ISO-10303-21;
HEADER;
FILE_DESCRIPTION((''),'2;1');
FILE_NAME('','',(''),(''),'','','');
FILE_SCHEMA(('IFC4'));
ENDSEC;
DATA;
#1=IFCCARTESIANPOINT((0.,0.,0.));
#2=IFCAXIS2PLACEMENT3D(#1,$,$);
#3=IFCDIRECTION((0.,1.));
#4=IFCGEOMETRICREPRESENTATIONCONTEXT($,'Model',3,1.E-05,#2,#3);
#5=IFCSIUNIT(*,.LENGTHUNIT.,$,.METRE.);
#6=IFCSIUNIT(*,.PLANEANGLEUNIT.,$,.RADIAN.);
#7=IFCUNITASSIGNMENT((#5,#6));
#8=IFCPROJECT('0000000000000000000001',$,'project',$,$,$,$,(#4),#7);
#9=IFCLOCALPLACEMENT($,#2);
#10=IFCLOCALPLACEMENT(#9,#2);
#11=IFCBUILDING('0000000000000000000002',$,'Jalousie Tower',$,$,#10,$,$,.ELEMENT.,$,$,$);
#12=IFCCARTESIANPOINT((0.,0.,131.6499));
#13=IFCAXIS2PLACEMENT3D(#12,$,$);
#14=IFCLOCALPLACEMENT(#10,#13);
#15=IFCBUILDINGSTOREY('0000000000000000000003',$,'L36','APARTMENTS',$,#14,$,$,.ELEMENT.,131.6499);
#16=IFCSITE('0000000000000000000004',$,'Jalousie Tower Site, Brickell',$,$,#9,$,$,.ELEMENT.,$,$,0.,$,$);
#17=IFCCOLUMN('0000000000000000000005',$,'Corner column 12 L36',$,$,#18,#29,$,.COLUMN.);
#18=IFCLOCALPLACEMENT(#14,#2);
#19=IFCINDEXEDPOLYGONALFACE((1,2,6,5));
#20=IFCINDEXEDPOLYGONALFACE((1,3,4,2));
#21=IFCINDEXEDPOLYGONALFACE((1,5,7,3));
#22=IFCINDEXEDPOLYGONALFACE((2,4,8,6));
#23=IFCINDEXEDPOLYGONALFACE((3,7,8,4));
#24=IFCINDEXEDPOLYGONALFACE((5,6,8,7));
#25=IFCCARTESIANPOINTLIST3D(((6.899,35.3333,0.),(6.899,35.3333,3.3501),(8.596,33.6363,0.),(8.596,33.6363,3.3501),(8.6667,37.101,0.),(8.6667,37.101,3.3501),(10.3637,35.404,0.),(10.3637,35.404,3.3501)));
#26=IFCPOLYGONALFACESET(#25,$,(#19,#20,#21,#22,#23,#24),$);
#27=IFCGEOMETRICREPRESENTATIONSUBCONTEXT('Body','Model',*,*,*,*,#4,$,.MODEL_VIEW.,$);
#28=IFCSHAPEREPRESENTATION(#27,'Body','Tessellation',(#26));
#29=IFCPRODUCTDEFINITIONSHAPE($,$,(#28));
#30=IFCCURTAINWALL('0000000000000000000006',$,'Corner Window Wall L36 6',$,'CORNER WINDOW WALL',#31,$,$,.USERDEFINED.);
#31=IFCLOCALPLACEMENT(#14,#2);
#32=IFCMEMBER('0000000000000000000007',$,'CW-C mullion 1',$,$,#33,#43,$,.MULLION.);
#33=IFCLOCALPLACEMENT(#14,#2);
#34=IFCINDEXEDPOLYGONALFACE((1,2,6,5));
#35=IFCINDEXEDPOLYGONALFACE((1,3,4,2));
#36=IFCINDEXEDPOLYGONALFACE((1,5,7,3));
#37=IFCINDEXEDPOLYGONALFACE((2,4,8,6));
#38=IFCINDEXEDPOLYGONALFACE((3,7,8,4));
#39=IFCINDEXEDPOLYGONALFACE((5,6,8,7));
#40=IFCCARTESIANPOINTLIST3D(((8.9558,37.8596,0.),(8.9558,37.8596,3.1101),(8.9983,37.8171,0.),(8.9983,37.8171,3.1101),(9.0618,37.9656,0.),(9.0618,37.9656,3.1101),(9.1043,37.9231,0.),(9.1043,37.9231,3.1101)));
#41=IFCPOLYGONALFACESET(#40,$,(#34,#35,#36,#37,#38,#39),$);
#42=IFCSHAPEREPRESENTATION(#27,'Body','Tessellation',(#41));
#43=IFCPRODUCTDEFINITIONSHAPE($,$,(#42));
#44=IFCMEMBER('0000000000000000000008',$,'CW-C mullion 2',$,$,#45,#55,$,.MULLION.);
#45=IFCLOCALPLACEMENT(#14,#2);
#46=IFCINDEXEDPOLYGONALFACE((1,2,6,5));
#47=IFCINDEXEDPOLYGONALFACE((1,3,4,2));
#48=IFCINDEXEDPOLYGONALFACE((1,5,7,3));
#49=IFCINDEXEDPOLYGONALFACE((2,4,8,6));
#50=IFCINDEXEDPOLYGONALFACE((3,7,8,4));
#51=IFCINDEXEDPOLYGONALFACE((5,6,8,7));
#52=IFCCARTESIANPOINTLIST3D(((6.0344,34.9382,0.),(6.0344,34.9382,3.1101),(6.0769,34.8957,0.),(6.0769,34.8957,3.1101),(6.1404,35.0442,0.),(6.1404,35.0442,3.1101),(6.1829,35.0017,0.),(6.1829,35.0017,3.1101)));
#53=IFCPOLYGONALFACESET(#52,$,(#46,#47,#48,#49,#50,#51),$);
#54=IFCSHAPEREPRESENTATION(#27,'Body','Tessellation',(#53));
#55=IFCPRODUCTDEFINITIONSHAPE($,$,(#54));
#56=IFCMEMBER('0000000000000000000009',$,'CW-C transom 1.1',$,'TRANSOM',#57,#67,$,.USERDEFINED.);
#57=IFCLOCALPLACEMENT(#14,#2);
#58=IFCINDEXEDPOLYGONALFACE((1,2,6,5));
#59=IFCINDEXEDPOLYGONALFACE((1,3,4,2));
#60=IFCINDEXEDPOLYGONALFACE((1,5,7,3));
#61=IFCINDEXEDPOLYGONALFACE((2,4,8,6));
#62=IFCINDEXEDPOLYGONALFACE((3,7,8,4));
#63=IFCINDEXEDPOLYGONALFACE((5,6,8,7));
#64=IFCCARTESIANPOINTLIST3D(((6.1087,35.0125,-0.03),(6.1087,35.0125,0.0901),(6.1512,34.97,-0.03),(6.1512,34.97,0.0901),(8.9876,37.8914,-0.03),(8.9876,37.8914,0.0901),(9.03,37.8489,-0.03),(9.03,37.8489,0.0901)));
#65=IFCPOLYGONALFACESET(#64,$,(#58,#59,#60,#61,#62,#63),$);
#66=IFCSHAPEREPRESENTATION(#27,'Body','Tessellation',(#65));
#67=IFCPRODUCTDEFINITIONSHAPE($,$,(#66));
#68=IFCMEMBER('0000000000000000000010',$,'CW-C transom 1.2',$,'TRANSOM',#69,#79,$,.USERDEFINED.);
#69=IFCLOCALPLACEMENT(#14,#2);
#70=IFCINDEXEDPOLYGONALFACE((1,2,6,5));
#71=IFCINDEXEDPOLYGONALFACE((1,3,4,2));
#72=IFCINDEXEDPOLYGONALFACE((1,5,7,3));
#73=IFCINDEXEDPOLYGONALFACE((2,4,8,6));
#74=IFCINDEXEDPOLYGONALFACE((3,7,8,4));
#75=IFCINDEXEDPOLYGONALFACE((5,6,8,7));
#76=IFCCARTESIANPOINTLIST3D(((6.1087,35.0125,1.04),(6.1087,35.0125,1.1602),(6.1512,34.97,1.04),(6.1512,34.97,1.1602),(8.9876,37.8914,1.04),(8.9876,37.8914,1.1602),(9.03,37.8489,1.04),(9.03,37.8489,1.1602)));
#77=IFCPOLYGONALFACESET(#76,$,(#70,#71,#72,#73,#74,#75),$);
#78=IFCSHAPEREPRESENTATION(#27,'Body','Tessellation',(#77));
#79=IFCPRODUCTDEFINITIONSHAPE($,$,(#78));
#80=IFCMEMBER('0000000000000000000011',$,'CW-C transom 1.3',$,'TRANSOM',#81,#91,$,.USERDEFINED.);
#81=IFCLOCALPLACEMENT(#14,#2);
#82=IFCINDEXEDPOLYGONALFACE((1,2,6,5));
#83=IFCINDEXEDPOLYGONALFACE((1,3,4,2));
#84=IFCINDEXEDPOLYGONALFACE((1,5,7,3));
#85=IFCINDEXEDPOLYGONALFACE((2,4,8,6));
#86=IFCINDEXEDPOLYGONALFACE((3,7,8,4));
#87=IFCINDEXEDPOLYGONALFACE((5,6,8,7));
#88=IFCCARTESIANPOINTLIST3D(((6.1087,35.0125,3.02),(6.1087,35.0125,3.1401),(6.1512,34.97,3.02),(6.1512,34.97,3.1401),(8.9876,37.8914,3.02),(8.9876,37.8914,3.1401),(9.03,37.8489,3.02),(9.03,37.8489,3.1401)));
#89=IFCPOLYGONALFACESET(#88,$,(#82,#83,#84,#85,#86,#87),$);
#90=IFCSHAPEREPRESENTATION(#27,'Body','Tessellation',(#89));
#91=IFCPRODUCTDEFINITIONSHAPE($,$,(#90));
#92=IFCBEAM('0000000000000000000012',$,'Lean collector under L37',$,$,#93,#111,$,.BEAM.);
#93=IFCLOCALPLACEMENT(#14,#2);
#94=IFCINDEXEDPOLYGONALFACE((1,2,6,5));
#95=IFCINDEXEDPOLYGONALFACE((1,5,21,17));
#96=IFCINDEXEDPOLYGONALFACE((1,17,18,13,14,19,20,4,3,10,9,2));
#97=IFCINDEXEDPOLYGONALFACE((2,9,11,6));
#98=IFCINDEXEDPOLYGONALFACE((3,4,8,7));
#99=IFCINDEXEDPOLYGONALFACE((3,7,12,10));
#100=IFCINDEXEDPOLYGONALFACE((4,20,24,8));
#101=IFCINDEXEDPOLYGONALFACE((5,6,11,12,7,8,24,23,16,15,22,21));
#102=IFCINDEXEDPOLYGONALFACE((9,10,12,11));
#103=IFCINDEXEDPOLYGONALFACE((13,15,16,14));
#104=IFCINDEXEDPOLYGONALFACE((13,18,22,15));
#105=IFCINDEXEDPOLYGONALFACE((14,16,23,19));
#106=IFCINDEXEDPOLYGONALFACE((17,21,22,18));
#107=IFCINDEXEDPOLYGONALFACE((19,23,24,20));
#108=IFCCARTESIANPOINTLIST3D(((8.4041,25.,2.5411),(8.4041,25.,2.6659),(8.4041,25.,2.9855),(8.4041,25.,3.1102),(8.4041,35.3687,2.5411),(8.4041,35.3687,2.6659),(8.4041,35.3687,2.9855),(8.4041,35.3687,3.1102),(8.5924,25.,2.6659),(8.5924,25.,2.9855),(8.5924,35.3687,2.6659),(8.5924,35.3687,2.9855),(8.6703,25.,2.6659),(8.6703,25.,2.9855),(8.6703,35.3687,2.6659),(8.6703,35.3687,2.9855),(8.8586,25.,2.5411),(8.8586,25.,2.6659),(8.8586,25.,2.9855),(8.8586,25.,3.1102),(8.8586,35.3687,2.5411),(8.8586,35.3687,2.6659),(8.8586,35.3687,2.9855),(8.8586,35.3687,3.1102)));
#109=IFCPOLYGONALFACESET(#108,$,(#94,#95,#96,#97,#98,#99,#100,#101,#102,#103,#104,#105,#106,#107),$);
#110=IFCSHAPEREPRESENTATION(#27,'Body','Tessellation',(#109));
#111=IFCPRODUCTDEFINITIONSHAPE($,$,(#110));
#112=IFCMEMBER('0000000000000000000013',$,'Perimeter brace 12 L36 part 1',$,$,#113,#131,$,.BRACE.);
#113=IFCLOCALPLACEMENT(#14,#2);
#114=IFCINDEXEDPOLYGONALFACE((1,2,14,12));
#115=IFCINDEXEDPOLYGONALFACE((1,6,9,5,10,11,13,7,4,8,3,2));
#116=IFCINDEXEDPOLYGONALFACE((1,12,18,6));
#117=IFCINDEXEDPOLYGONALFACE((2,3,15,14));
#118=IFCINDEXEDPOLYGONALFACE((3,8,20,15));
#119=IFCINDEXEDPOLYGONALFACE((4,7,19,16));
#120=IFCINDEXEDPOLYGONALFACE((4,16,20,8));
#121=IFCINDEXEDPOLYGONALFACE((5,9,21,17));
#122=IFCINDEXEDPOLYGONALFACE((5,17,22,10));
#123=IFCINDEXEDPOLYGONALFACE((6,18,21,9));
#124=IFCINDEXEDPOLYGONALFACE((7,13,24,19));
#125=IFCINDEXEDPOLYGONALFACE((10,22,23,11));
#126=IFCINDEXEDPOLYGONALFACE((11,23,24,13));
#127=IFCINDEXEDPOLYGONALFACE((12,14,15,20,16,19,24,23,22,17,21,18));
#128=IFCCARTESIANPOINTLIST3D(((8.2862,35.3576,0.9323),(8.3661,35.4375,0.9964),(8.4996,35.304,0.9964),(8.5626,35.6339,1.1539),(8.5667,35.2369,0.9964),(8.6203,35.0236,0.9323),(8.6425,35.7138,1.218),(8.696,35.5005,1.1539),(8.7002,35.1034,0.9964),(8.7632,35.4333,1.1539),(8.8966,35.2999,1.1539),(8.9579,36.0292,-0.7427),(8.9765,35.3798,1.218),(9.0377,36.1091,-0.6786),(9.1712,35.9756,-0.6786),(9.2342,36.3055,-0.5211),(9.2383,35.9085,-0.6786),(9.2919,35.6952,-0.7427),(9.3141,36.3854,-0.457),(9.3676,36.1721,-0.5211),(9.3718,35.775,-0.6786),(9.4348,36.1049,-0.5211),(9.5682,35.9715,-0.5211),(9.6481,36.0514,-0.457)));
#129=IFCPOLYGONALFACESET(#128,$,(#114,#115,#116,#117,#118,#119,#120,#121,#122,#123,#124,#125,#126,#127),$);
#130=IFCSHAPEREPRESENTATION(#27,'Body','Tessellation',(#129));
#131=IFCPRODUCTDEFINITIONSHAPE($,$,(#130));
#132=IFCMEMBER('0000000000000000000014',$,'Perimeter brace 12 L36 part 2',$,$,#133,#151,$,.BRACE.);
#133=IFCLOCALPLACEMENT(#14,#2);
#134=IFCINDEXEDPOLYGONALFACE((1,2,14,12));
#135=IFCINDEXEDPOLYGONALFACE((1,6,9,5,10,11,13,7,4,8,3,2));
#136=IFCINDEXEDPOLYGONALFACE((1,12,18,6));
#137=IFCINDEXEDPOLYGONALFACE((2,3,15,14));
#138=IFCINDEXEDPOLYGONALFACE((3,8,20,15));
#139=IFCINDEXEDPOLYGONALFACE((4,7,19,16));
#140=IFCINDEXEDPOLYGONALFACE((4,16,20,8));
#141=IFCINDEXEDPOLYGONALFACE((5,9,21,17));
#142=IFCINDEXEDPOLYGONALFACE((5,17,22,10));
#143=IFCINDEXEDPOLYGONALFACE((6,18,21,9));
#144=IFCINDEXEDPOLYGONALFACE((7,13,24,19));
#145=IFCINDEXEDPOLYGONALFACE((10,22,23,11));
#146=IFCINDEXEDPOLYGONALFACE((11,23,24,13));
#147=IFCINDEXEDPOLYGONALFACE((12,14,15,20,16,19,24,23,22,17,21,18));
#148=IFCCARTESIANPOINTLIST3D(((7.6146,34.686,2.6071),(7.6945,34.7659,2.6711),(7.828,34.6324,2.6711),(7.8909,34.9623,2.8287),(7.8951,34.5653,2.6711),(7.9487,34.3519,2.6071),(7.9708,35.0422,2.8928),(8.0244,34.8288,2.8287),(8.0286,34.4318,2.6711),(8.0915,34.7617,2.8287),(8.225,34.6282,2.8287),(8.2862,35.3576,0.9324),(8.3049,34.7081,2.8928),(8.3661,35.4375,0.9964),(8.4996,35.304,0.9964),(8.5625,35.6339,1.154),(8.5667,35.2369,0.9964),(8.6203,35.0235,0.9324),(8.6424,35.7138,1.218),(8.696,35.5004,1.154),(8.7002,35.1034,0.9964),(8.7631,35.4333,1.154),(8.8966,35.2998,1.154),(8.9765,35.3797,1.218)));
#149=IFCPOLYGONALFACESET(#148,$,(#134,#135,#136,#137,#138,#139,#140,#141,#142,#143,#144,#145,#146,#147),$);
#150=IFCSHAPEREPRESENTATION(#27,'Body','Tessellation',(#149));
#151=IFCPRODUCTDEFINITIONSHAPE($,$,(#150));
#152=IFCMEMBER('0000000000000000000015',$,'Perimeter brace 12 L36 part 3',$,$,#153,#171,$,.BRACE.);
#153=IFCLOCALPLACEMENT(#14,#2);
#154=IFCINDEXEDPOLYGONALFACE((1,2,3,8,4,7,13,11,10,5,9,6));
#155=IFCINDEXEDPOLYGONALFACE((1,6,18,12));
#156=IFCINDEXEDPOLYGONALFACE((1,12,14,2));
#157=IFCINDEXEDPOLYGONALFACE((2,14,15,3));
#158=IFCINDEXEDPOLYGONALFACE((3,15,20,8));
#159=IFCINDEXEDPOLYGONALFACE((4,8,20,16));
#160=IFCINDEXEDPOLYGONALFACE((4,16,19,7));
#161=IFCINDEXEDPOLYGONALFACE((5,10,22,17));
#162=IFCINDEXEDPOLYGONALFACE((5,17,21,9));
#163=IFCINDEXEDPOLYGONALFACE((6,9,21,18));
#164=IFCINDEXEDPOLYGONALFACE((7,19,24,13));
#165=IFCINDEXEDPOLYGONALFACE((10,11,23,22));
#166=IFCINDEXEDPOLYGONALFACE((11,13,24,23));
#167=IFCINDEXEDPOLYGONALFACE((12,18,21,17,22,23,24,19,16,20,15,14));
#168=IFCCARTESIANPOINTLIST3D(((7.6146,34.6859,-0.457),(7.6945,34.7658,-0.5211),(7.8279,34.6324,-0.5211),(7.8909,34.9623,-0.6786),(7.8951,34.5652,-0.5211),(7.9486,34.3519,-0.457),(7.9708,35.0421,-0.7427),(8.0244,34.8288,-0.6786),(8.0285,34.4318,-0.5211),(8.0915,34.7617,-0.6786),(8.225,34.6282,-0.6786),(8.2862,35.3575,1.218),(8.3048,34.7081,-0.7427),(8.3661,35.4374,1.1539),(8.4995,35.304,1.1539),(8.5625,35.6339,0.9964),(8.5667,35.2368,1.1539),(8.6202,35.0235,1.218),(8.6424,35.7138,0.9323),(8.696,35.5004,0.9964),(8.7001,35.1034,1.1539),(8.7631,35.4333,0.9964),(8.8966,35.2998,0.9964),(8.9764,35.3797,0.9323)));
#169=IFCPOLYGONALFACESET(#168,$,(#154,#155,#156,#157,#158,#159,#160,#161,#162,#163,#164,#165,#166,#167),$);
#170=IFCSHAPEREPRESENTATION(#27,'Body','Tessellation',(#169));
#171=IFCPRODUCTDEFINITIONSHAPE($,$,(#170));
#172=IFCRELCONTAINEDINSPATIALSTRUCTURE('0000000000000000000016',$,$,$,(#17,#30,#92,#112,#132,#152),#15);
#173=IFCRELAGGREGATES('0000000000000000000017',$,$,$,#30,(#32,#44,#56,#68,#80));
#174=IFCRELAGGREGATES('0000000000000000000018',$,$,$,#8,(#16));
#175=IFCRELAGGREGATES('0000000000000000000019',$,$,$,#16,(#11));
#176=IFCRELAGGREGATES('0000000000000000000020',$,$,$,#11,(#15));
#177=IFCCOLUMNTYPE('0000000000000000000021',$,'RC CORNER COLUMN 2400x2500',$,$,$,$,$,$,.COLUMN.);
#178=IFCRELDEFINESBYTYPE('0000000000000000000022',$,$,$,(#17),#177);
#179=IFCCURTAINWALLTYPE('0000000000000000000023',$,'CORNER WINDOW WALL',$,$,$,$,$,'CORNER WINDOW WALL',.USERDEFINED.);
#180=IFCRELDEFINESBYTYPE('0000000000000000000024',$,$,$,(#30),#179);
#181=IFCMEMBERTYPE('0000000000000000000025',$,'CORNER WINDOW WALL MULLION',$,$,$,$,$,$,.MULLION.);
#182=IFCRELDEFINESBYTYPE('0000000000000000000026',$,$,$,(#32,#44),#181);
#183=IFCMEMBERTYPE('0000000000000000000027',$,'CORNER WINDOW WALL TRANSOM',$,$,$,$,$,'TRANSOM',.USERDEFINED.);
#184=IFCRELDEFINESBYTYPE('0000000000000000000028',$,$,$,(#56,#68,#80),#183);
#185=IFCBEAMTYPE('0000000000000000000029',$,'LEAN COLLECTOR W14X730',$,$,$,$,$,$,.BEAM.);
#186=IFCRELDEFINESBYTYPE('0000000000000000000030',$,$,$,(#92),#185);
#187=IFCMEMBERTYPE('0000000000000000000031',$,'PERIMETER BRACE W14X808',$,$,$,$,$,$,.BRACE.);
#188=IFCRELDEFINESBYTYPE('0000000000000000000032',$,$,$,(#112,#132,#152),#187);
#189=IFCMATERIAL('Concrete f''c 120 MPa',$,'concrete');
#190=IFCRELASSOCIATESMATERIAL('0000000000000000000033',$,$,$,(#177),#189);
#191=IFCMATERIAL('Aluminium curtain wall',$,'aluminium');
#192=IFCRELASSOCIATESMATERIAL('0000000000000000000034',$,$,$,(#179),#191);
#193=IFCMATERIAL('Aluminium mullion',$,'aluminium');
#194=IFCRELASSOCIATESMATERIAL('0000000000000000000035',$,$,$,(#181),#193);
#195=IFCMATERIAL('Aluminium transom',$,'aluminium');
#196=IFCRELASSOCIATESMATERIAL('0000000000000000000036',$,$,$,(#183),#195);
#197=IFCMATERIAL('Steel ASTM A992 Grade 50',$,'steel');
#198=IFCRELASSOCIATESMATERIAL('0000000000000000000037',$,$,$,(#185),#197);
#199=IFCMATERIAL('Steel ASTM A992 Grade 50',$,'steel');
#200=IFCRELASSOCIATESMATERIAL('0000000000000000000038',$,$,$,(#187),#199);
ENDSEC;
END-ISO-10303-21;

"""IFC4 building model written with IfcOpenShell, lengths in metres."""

from ifc_helpers import new_model, si_unit, direction, frame, origin, origin_2d, place, context, subcontext, project, spatial, rectangle, i_section, extrude, material, material_profile, profile_set, type_object, element, aggregate, save


model = new_model("IFC4")

# Units and contexts
model_context = context("Model", 3, precision=1e-05, world=origin(), true_north=direction((0.0, 1.0)))
body_context = subcontext(model_context, "Body", "Model", "MODEL_VIEW")
ifc_project = project(units=[si_unit("LENGTHUNIT", "METRE"), si_unit("PLANEANGLEUNIT", "RADIAN")], contexts=[model_context])

# Site, building, storey
site_placement = place(None, origin())
site = spatial("IfcSite", under=ifc_project, at=site_placement, Name="Jalousie Tower Site, Brickell", CompositionType="ELEMENT", RefElevation=0.0)
building_placement = place(site_placement, origin())
building = spatial("IfcBuilding", under=site, at=building_placement, Name="Jalousie Tower", CompositionType="ELEMENT")
storey_placement = place(building_placement, frame((0.0, 0.0, 131.6499)))
storey = spatial("IfcBuildingStorey", under=building, at=storey_placement, Name="L36", Description="APARTMENTS", CompositionType="ELEMENT", Elevation=131.6499)

# Column
ifc_material_1 = material(Name="Concrete f'c 120 MPa", Category="concrete")
ifc_material_profile_1 = material_profile(ifc_material_1, rectangle(XDim=2.3999, YDim=2.5, at=origin_2d()), Name="RC 2400x2500")
ifc_profile_set_1 = profile_set([ifc_material_profile_1], Name="Concrete f'c 120 MPa")
column_type = type_object("IfcColumnType", Name="RC CORNER COLUMN 2400x2500", PredefinedType="COLUMN", material=ifc_profile_set_1)
column_placement = place(storey_placement, frame((8.6313, 35.3687, 0.0), z_axis=(0.0, 0.0, 1.0), x_axis=(0.707107, -0.707107, 0.0)))
element("IfcColumn", 1, at=column_placement, inside=storey, type_object=column_type, Name="Corner column 12 L36", PredefinedType="COLUMN", context=body_context, shape_type="SweptSolid", body=[
    extrude(rectangle(XDim=2.3999, YDim=2.5, at=origin_2d()), origin(), (0.0, 0.0, 1.0), 3.3501),
])

# Curtain wall, members
ifc_material_2 = material(Name="Aluminium curtain wall", Category="aluminium")
curtain_wall_type_1 = type_object("IfcCurtainWallType", Name="CORNER WINDOW WALL", ElementType="CORNER WINDOW WALL", PredefinedType="USERDEFINED", material=ifc_material_2)
curtain_wall_1_placement = place(storey_placement, origin())
curtain_wall_1 = element("IfcCurtainWall", 2, at=curtain_wall_1_placement, inside=storey, type_object=curtain_wall_type_1, Name="Corner Window Wall L36 6", ObjectType="CORNER WINDOW WALL", PredefinedType="USERDEFINED")
ifc_material_3 = material(Name="Aluminium mullion", Category="aluminium")
ifc_material_profile_2 = material_profile(ifc_material_3, rectangle(XDim=0.0601, YDim=0.1499, at=origin_2d()), Name="MULLION 60x150")
ifc_profile_set_2 = profile_set([ifc_material_profile_2], Name="Aluminium mullion")
member_type_1 = type_object("IfcMemberType", Name="CORNER WINDOW WALL MULLION", PredefinedType="MULLION", material=ifc_profile_set_2)
member_1_placement = place(storey_placement, frame((9.03, 37.8914, 0.0), z_axis=(0.0, 0.0, 1.0), x_axis=(0.707107, -0.707107, 0.0)))
member_1 = element("IfcMember", 3, at=member_1_placement, type_object=member_type_1, Name="CW-C mullion 1", PredefinedType="MULLION", context=body_context, shape_type="SweptSolid", body=[
    extrude(rectangle(XDim=0.0601, YDim=0.1499, at=origin_2d()), origin(), (0.0, 0.0, 1.0), 3.1101),
])
member_2_placement = place(storey_placement, frame((6.1086, 34.97, 0.0), z_axis=(0.0, 0.0, 1.0), x_axis=(0.707107, -0.707107, 0.0)))
member_2 = element("IfcMember", 4, at=member_2_placement, type_object=member_type_1, Name="CW-C mullion 2", PredefinedType="MULLION", context=body_context, shape_type="SweptSolid", body=[
    extrude(rectangle(XDim=0.0601, YDim=0.1499, at=origin_2d()), origin(), (0.0, 0.0, 1.0), 3.1101),
])
ifc_material_4 = material(Name="Aluminium transom", Category="aluminium")
ifc_material_profile_3 = material_profile(ifc_material_4, rectangle(XDim=0.0601, YDim=0.1201, at=origin_2d()), Name="TRANSOM 60x120")
ifc_profile_set_3 = profile_set([ifc_material_profile_3], Name="Aluminium transom")
member_type_2 = type_object("IfcMemberType", Name="CORNER WINDOW WALL TRANSOM", ElementType="TRANSOM", PredefinedType="USERDEFINED", material=ifc_profile_set_3)
member_3_placement = place(storey_placement, frame((9.0088, 37.8701, 0.03), z_axis=(-0.707107, -0.707107, 0.0), x_axis=(0.707107, -0.707107, 0.0)))
member_3 = element("IfcMember", 5, at=member_3_placement, type_object=member_type_2, Name="CW-C transom 1.1", ObjectType="TRANSOM", PredefinedType="USERDEFINED", context=body_context, shape_type="SweptSolid", body=[
    extrude(rectangle(XDim=0.0601, YDim=0.1201, at=origin_2d()), origin(), (0.0, 0.0, 1.0), 4.0713),
])
member_4_placement = place(storey_placement, frame((9.0088, 37.8701, 1.1001), z_axis=(-0.707107, -0.707107, 0.0), x_axis=(0.707107, -0.707107, 0.0)))
member_4 = element("IfcMember", 6, at=member_4_placement, type_object=member_type_2, Name="CW-C transom 1.2", ObjectType="TRANSOM", PredefinedType="USERDEFINED", context=body_context, shape_type="SweptSolid", body=[
    extrude(rectangle(XDim=0.0601, YDim=0.1201, at=origin_2d()), origin(), (0.0, 0.0, 1.0), 4.0713),
])
member_5_placement = place(storey_placement, frame((9.0088, 37.8701, 3.0801), z_axis=(-0.707107, -0.707107, 0.0), x_axis=(0.707107, -0.707107, 0.0)))
member_5 = element("IfcMember", 7, at=member_5_placement, type_object=member_type_2, Name="CW-C transom 1.3", ObjectType="TRANSOM", PredefinedType="USERDEFINED", context=body_context, shape_type="SweptSolid", body=[
    extrude(rectangle(XDim=0.0601, YDim=0.1201, at=origin_2d()), origin(), (0.0, 0.0, 1.0), 4.0713),
])

# Beam
ifc_material_5 = material(Name="Steel ASTM A992 Grade 50", Category="steel")
ifc_material_profile_4 = material_profile(ifc_material_5, i_section(OverallWidth=0.4546, OverallDepth=0.5691, WebThickness=0.0779, FlangeThickness=0.1248, at=origin_2d()), Name="W14X730")
ifc_profile_set_4 = profile_set([ifc_material_profile_4], Name="Steel ASTM A992 Grade 50")
beam_type_1 = type_object("IfcBeamType", Name="LEAN COLLECTOR W14X730", PredefinedType="BEAM", material=ifc_profile_set_4)
beam_1_placement = place(storey_placement, frame((8.6313, 35.3687, 2.8257), z_axis=(0.0, -1.0, 0.0), x_axis=(1.0, 0.0, 0.0)))
element("IfcBeam", 8, at=beam_1_placement, inside=storey, type_object=beam_type_1, Name="Lean collector under L37", PredefinedType="BEAM", context=body_context, shape_type="SweptSolid", body=[
    extrude(i_section(OverallWidth=0.4546, OverallDepth=0.5691, WebThickness=0.0779, FlangeThickness=0.1248, at=origin_2d()), origin(), (0.0, 0.0, 1.0), 10.3687),
])

# Members
ifc_material_6 = material(Name="Steel ASTM A992 Grade 50", Category="steel")
ifc_material_profile_5 = material_profile(ifc_material_6, i_section(OverallWidth=0.4724, OverallDepth=0.5791, WebThickness=0.095, FlangeThickness=0.1299, at=origin_2d()), Name="W14X808")
ifc_profile_set_5 = profile_set([ifc_material_profile_5], Name="Steel ASTM A992 Grade 50")
member_type_3 = type_object("IfcMemberType", Name="PERIMETER BRACE W14X808", PredefinedType="BRACE", material=ifc_profile_set_5)
member_6_placement = place(storey_placement, frame((9.303, 36.0403, -0.5999), z_axis=(-0.348789, -0.348789, 0.869881), x_axis=(0.707107, -0.707107, 0.0)))
element("IfcMember", 9, at=member_6_placement, inside=storey, type_object=member_type_3, Name="Perimeter brace 12 L36 part 1", PredefinedType="BRACE", context=body_context, shape_type="SweptSolid", body=[
    extrude(i_section(OverallWidth=0.4724, OverallDepth=0.5791, WebThickness=0.095, FlangeThickness=0.1299, at=origin_2d()), origin(), (0.0, 0.0, 1.0), 1.9255),
])
member_7_placement = place(storey_placement, frame((8.6313, 35.3687, 1.0752), z_axis=(-0.348828, -0.348828, 0.86985), x_axis=(0.707107, -0.707107, 0.0)))
element("IfcMember", 10, at=member_7_placement, inside=storey, type_object=member_type_3, Name="Perimeter brace 12 L36 part 2", PredefinedType="BRACE", context=body_context, shape_type="SweptSolid", body=[
    extrude(i_section(OverallWidth=0.4724, OverallDepth=0.5791, WebThickness=0.095, FlangeThickness=0.1299, at=origin_2d()), origin(), (0.0, 0.0, 1.0), 1.9253),
])
member_8_placement = place(storey_placement, frame((7.9597, 34.697, -0.5999), z_axis=(0.348789, 0.348789, 0.869881), x_axis=(-0.707107, 0.707107, 0.0)))
element("IfcMember", 11, at=member_8_placement, inside=storey, type_object=member_type_3, Name="Perimeter brace 12 L36 part 3", PredefinedType="BRACE", context=body_context, shape_type="SweptSolid", body=[
    extrude(i_section(OverallWidth=0.4724, OverallDepth=0.5791, WebThickness=0.095, FlangeThickness=0.1299, at=origin_2d()), origin(), (0.0, 0.0, 1.0), 1.9255),
])

aggregate(curtain_wall_1, [member_1, member_2, member_3, member_4, member_5])

save(model, "model.ifc")
